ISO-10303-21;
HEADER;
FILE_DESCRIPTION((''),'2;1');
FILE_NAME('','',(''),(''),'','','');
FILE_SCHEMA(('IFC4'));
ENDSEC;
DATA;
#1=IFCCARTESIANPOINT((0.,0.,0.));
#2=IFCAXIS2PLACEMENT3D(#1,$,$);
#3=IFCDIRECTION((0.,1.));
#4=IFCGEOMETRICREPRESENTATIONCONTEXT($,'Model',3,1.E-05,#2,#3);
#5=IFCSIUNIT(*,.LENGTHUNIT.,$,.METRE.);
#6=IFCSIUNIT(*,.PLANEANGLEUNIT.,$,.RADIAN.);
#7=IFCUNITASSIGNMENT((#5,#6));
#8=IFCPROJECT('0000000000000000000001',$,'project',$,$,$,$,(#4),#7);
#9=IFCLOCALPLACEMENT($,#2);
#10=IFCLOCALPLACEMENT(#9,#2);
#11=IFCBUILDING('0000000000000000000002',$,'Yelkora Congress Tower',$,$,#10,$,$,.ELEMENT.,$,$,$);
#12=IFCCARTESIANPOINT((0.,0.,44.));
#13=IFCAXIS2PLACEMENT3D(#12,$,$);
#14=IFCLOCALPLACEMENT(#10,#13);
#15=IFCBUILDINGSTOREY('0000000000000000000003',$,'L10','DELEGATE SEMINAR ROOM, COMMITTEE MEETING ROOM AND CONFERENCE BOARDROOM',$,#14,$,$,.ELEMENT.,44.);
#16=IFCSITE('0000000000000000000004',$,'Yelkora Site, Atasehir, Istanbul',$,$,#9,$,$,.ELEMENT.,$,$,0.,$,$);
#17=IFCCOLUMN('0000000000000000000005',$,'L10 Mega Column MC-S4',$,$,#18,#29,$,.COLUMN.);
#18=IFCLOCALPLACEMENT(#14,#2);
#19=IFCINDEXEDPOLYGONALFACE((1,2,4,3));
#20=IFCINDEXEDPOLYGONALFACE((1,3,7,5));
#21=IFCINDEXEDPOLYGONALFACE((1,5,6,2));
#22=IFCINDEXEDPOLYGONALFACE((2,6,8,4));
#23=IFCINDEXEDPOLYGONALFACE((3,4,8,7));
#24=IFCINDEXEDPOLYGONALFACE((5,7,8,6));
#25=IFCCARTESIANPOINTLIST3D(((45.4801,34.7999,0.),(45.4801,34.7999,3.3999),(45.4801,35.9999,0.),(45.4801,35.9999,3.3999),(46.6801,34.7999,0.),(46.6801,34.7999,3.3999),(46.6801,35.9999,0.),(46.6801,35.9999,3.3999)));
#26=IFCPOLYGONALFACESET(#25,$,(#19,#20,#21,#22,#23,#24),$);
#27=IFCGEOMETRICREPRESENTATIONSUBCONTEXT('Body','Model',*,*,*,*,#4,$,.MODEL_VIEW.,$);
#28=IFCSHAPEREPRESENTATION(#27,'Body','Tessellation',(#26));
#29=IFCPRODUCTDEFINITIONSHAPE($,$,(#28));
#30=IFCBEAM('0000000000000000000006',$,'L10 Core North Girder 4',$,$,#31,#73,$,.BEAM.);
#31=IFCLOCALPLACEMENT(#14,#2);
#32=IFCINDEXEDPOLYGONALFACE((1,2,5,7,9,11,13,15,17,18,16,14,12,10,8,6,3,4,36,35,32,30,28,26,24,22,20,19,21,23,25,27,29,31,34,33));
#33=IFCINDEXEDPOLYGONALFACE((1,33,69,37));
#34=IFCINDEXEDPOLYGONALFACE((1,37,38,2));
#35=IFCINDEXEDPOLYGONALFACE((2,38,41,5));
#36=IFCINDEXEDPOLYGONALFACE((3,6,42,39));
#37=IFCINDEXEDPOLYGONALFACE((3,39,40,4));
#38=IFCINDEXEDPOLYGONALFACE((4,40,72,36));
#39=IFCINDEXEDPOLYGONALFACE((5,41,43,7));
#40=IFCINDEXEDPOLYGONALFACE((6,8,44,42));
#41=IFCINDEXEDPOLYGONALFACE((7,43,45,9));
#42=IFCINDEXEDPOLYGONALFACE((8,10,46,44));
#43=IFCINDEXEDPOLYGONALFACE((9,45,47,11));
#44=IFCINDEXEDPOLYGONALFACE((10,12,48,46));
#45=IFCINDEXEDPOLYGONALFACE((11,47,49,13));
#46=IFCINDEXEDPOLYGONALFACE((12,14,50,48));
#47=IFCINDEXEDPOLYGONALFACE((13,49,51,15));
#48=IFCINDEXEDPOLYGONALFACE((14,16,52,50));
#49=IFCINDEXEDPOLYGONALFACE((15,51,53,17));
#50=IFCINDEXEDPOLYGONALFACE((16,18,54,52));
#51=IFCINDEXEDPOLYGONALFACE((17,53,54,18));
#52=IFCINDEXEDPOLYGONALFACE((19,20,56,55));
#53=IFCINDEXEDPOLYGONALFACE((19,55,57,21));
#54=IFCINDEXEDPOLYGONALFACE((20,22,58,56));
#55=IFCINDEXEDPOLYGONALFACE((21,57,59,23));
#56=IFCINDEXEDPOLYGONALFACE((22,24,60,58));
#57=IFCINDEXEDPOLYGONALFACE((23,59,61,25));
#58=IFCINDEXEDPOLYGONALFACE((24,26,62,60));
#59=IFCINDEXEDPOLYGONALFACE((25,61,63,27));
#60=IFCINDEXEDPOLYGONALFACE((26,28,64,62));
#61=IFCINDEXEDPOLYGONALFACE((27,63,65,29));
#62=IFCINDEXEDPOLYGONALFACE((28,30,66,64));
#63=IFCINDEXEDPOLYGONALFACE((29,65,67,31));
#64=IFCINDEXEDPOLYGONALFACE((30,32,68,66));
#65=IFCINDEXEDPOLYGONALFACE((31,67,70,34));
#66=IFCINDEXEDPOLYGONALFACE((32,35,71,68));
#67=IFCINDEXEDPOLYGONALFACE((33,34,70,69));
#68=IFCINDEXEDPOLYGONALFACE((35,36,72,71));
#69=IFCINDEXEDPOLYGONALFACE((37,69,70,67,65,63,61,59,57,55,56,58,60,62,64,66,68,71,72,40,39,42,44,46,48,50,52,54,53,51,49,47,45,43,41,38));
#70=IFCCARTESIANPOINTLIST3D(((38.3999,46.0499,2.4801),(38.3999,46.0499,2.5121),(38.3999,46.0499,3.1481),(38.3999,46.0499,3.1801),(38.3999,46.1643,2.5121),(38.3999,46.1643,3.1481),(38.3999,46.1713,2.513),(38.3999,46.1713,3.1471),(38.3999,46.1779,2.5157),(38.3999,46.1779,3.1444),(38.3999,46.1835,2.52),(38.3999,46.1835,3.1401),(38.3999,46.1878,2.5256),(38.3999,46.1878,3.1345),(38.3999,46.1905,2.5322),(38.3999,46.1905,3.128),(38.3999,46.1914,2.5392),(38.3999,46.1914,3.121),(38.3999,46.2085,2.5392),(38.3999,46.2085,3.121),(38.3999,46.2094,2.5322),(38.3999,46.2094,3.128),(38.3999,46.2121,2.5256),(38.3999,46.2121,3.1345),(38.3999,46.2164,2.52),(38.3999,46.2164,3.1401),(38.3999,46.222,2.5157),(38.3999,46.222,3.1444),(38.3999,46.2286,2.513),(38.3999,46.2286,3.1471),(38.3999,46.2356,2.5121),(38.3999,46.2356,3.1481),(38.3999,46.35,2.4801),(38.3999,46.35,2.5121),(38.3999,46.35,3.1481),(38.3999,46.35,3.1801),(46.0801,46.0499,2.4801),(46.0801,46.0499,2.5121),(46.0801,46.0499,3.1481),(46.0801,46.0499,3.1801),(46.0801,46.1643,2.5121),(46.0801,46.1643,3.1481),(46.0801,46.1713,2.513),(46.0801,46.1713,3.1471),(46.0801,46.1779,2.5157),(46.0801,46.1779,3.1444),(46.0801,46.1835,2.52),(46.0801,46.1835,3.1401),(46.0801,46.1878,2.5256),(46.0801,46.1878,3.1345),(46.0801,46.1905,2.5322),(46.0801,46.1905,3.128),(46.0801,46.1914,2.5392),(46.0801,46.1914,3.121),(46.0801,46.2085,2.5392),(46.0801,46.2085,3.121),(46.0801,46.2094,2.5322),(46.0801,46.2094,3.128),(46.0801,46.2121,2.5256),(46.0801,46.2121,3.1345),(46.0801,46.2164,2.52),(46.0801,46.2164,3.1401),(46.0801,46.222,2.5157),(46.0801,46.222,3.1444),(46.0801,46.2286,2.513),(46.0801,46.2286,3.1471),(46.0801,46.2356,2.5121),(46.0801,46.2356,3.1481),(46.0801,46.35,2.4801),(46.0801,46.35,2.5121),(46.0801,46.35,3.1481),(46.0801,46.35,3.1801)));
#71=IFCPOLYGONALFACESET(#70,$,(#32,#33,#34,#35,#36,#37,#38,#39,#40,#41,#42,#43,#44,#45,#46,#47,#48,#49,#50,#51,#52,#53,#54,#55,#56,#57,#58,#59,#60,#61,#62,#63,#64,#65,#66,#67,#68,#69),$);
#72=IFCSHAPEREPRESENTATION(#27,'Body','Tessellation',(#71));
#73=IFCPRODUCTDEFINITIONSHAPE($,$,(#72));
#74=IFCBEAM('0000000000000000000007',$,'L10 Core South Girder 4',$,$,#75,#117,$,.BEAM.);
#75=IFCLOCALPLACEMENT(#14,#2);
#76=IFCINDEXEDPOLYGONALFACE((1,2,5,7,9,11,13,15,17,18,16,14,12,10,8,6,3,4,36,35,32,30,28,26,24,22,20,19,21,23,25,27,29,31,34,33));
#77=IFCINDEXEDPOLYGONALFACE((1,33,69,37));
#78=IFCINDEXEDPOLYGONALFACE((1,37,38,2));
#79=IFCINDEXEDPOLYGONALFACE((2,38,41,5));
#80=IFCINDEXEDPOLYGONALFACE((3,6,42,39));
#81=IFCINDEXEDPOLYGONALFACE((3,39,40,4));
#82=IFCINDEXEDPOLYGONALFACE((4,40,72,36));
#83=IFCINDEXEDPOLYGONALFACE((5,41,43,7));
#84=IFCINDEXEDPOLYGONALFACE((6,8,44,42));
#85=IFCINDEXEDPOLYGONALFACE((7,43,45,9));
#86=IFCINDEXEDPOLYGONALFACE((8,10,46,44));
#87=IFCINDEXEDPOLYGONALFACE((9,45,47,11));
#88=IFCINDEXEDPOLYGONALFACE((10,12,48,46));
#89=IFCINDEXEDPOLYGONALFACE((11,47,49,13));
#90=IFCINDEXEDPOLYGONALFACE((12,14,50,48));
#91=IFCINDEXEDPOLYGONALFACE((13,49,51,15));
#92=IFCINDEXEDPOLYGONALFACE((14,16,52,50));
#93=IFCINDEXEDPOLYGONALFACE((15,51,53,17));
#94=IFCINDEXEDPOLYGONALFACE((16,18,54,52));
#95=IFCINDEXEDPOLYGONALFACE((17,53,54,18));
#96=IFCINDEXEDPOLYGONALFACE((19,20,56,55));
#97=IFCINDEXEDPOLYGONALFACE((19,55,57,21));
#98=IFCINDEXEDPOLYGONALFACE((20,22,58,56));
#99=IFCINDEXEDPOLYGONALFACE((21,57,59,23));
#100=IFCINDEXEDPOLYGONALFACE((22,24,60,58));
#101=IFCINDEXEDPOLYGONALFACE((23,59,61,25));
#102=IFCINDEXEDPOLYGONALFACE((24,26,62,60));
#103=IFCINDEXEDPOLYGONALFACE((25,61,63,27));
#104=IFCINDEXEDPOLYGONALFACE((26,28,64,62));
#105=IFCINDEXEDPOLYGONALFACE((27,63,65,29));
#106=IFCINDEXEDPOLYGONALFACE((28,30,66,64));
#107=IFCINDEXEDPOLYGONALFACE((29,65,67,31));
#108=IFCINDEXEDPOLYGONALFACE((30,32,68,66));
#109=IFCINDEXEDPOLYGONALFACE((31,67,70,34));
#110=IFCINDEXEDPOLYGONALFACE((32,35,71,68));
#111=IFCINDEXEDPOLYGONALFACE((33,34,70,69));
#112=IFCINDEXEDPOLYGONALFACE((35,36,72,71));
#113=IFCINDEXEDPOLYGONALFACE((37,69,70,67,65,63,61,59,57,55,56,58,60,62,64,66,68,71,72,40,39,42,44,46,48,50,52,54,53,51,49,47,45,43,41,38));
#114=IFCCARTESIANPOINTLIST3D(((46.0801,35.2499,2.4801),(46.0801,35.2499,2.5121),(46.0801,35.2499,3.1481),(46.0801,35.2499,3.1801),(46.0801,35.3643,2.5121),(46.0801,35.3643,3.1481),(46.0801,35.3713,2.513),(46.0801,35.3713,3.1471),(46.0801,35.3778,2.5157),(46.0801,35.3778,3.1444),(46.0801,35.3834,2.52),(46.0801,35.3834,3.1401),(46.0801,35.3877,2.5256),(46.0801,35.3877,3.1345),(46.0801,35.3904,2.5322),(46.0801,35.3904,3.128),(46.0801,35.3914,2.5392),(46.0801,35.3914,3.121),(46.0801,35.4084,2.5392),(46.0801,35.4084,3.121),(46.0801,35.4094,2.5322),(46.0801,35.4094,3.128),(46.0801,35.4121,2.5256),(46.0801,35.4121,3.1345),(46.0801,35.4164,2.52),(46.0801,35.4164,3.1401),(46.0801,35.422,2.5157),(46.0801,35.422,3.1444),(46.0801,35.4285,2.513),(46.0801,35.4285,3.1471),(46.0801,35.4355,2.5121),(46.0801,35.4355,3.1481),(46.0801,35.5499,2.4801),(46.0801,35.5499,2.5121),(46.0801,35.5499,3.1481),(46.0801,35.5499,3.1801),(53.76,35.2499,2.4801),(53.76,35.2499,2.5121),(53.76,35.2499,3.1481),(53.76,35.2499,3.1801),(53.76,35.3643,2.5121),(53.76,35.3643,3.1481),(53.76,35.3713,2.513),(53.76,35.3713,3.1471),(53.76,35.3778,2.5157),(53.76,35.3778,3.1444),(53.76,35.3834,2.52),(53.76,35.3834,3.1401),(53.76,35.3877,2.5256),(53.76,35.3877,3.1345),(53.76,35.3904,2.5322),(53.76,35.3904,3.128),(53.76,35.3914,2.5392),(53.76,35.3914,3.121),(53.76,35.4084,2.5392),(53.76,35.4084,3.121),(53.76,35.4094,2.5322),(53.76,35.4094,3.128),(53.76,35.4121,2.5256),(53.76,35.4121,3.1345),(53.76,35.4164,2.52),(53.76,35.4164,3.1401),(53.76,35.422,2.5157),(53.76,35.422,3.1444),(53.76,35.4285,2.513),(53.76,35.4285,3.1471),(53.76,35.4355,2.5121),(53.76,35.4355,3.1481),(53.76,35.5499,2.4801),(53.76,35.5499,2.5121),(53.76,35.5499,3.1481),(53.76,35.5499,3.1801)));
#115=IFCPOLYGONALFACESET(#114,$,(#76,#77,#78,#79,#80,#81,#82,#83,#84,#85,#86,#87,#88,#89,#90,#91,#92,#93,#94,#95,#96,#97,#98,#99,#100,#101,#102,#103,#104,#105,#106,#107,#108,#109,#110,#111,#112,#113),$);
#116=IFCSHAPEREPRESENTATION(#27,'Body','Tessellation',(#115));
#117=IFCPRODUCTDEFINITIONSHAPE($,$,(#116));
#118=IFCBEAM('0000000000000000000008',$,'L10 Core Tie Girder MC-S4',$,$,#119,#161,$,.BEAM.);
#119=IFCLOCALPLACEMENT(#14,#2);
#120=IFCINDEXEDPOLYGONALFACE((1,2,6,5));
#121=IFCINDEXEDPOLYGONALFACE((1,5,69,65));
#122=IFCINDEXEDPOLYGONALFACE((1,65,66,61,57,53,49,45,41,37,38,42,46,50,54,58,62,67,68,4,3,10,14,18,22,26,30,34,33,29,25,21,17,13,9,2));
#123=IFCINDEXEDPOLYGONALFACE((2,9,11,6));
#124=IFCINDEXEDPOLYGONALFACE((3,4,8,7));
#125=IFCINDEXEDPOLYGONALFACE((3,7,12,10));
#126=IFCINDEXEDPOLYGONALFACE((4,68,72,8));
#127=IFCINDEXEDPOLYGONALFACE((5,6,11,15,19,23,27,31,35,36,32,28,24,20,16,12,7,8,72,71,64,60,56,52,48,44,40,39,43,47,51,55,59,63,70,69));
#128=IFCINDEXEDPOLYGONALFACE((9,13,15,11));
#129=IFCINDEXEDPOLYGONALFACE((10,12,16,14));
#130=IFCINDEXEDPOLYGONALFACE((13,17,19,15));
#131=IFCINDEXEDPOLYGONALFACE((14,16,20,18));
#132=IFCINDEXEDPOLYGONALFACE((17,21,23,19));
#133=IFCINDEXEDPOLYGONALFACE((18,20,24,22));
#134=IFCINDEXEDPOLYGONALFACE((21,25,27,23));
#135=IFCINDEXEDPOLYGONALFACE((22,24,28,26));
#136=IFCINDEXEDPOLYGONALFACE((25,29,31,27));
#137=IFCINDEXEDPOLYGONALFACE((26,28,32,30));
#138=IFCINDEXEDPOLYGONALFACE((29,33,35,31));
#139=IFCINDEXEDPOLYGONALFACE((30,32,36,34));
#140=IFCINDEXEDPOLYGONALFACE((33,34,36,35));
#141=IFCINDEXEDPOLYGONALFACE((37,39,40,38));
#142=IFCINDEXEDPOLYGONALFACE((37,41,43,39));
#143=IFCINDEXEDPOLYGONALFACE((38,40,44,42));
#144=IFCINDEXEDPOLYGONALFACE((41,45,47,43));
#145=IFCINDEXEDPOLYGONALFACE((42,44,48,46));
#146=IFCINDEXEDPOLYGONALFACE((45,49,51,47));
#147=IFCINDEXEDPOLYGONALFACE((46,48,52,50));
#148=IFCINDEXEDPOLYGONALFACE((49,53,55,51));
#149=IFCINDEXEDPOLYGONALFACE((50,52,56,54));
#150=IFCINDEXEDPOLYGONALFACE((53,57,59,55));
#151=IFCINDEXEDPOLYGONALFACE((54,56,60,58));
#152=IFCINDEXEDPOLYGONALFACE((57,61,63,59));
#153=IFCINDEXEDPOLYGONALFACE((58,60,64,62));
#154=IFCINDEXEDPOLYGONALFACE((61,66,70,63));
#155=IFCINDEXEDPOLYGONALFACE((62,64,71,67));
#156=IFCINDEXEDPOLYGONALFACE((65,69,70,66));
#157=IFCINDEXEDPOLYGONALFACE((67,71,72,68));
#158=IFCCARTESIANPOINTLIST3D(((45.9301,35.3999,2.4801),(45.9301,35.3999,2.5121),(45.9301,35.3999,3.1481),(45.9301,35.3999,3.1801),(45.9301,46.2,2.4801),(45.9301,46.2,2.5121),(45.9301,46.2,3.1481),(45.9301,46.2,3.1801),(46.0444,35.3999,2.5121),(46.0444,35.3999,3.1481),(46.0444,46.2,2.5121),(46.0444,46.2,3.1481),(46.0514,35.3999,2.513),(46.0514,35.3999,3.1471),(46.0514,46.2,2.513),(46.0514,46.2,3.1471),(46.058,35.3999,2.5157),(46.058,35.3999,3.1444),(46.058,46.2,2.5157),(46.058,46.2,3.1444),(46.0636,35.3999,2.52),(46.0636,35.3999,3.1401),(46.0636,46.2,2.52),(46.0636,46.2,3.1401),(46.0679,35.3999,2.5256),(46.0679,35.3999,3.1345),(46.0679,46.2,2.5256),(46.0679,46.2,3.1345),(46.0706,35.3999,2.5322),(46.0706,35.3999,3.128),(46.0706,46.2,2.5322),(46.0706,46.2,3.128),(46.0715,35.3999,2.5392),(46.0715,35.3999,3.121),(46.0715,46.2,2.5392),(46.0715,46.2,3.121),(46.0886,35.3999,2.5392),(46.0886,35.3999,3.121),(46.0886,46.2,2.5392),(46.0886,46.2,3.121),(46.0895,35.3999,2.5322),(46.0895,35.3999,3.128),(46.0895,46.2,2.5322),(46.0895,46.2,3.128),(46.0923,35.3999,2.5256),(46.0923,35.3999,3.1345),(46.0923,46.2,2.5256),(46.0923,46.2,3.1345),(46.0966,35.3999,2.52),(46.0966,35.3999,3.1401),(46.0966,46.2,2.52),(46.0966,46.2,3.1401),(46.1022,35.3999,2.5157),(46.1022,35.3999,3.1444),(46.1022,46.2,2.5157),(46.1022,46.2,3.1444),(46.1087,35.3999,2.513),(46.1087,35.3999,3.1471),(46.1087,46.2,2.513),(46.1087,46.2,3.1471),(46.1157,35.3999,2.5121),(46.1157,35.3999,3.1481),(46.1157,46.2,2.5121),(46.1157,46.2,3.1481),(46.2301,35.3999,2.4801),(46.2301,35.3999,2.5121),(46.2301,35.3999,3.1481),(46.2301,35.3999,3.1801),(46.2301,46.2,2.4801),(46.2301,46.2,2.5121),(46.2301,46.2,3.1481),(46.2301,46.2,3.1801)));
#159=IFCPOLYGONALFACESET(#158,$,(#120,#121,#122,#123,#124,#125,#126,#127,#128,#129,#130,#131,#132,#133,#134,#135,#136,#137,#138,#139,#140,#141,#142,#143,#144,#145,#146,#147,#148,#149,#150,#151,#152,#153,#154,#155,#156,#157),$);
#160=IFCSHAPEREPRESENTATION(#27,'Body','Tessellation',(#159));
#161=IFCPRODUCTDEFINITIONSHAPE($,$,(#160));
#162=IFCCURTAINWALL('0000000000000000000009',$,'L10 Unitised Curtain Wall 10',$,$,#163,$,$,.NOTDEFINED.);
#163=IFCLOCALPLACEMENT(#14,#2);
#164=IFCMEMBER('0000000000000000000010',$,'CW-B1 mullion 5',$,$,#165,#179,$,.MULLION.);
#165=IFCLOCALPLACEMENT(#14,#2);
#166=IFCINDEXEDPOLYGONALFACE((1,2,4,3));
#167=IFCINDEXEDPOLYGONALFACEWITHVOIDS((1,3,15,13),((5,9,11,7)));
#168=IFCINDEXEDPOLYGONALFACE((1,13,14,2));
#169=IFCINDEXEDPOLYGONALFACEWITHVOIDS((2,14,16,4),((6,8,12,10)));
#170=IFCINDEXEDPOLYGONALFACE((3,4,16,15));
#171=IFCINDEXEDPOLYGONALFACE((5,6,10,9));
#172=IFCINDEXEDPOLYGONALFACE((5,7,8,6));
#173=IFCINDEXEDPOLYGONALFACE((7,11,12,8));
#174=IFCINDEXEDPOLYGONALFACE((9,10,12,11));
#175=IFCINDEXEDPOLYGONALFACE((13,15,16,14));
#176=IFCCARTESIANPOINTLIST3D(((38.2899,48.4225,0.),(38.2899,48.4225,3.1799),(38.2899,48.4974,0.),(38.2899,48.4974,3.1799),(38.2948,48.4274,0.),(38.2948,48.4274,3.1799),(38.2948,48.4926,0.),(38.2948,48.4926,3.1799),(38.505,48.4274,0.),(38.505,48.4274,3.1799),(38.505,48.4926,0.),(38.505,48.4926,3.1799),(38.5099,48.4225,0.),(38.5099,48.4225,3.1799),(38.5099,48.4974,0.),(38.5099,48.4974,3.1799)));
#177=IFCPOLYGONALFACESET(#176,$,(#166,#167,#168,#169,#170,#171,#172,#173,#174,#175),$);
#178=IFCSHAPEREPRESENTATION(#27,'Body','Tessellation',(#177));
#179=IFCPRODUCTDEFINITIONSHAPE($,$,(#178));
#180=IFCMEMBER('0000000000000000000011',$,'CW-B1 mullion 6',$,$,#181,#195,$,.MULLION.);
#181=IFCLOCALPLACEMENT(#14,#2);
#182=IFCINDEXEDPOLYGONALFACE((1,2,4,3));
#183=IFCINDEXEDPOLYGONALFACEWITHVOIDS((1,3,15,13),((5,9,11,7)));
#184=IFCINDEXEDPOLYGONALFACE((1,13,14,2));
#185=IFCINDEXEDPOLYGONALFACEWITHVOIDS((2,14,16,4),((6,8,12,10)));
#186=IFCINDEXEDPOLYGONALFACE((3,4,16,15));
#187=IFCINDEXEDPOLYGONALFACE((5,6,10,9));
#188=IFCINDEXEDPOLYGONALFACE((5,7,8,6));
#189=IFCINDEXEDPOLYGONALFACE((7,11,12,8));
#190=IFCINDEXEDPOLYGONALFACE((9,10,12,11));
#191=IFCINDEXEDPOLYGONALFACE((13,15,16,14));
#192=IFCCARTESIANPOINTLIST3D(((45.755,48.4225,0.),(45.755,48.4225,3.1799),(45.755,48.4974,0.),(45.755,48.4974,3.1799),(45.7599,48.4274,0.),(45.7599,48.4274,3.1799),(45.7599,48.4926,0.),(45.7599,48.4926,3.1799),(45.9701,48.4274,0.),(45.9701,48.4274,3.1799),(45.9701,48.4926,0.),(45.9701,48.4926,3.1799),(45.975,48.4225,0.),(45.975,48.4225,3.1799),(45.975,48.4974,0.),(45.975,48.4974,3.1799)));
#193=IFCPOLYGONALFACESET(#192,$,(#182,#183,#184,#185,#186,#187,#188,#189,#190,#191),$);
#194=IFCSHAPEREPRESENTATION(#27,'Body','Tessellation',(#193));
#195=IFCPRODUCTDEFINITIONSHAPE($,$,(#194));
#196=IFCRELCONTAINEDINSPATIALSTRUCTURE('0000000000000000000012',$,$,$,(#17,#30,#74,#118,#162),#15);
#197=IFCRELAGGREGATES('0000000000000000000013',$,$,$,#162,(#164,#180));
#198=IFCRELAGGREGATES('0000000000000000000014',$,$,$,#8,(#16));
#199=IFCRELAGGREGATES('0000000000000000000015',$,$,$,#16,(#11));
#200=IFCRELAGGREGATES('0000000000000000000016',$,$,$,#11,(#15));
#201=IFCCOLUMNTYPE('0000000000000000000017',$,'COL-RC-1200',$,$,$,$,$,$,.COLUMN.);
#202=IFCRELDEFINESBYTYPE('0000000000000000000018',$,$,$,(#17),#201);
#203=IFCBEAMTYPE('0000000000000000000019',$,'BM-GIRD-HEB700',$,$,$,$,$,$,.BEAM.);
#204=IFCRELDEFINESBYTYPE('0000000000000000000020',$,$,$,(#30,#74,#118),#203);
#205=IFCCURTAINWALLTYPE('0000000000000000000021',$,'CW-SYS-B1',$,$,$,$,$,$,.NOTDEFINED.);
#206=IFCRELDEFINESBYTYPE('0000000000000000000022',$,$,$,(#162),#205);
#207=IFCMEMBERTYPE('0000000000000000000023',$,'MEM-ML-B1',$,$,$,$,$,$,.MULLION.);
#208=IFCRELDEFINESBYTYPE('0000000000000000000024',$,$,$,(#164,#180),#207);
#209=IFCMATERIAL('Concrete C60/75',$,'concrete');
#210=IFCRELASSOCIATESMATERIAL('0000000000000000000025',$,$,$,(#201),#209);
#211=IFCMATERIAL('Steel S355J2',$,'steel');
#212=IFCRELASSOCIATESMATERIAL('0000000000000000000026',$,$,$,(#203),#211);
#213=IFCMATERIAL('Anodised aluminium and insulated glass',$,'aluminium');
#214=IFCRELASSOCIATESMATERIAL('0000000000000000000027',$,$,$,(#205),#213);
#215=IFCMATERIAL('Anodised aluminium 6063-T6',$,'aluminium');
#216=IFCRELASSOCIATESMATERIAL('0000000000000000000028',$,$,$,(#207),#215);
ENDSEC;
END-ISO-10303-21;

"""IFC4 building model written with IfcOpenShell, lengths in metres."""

from ifc_helpers import new_model, si_unit, direction, frame, origin, origin_2d, place, context, subcontext, project, spatial, rectangle, hollow_rectangle, i_section, extrude, material, material_profile, profile_set, type_object, element, aggregate, save


model = new_model("IFC4")

# Units and contexts
model_context = context("Model", 3, precision=1e-05, world=origin(), true_north=direction((0.0, 1.0)))
body_context = subcontext(model_context, "Body", "Model", "MODEL_VIEW")
ifc_project = project(units=[si_unit("LENGTHUNIT", "METRE"), si_unit("PLANEANGLEUNIT", "RADIAN")], contexts=[model_context])

# Site, building, storey
site_placement = place(None, origin())
site = spatial("IfcSite", under=ifc_project, at=site_placement, Name="Yelkora Site, Atasehir, Istanbul", CompositionType="ELEMENT", RefElevation=0.0)
building_placement = place(site_placement, origin())
building = spatial("IfcBuilding", under=site, at=building_placement, Name="Yelkora Congress Tower", CompositionType="ELEMENT")
storey_placement = place(building_placement, frame((0.0, 0.0, 44.0)))
storey = spatial("IfcBuildingStorey", under=building, at=storey_placement, Name="L10", Description="DELEGATE SEMINAR ROOM, COMMITTEE MEETING ROOM AND CONFERENCE BOARDROOM", CompositionType="ELEMENT", Elevation=44.0)

# Column
ifc_material_1 = material(Name="Concrete C60/75", Category="concrete")
ifc_material_profile_1 = material_profile(ifc_material_1, rectangle(XDim=1.2, YDim=1.2, at=origin_2d()), Name="RC 1200x1200")
ifc_profile_set_1 = profile_set([ifc_material_profile_1], Name="Concrete C60/75")
column_type = type_object("IfcColumnType", Name="COL-RC-1200", PredefinedType="COLUMN", material=ifc_profile_set_1)
column_placement = place(storey_placement, frame((46.0801, 35.3999, 0.0), z_axis=(0.0, 0.0, 1.0), x_axis=(1.0, 0.0, 0.0)))
element("IfcColumn", 1, at=column_placement, inside=storey, type_object=column_type, Name="L10 Mega Column MC-S4", PredefinedType="COLUMN", context=body_context, shape_type="SweptSolid", body=[
    extrude(rectangle(XDim=1.2, YDim=1.2, at=origin_2d()), origin(), (0.0, 0.0, 1.0), 3.3999),
])

# Beams
ifc_material_2 = material(Name="Steel S355J2", Category="steel")
ifc_material_profile_2 = material_profile(ifc_material_2, i_section(OverallWidth=0.3, OverallDepth=0.7, WebThickness=0.0171, FlangeThickness=0.032, FilletRadius=0.0271, at=origin_2d()), Name="HEB 700")
ifc_profile_set_2 = profile_set([ifc_material_profile_2], Name="Steel S355J2")
beam_type = type_object("IfcBeamType", Name="BM-GIRD-HEB700", PredefinedType="BEAM", material=ifc_profile_set_2)
beam_1_placement = place(storey_placement, frame((38.3999, 46.2, 2.8301), z_axis=(1.0, 0.0, 0.0), x_axis=(0.0, 1.0, 0.0)))
element("IfcBeam", 2, at=beam_1_placement, inside=storey, type_object=beam_type, Name="L10 Core North Girder 4", PredefinedType="BEAM", context=body_context, shape_type="SweptSolid", body=[
    extrude(i_section(OverallWidth=0.3, OverallDepth=0.7, WebThickness=0.0171, FlangeThickness=0.032, FilletRadius=0.0271, at=origin_2d()), origin(), (0.0, 0.0, 1.0), 7.6802),
])
beam_2_placement = place(storey_placement, frame((46.0801, 35.3999, 2.8301), z_axis=(1.0, 0.0, 0.0), x_axis=(0.0, 1.0, 0.0)))
element("IfcBeam", 3, at=beam_2_placement, inside=storey, type_object=beam_type, Name="L10 Core South Girder 4", PredefinedType="BEAM", context=body_context, shape_type="SweptSolid", body=[
    extrude(i_section(OverallWidth=0.3, OverallDepth=0.7, WebThickness=0.0171, FlangeThickness=0.032, FilletRadius=0.0271, at=origin_2d()), origin(), (0.0, 0.0, 1.0), 7.6799),
])
beam_3_placement = place(storey_placement, frame((46.0801, 35.3999, 2.8301), z_axis=(0.0, 1.0, 0.0), x_axis=(-1.0, 0.0, 0.0)))
element("IfcBeam", 4, at=beam_3_placement, inside=storey, type_object=beam_type, Name="L10 Core Tie Girder MC-S4", PredefinedType="BEAM", context=body_context, shape_type="SweptSolid", body=[
    extrude(i_section(OverallWidth=0.3, OverallDepth=0.7, WebThickness=0.0171, FlangeThickness=0.032, FilletRadius=0.0271, at=origin_2d()), origin(), (0.0, 0.0, 1.0), 10.8),
])

# Curtain wall, members
ifc_material_3 = material(Name="Anodised aluminium and insulated glass", Category="aluminium")
curtain_wall_type = type_object("IfcCurtainWallType", Name="CW-SYS-B1", PredefinedType="NOTDEFINED", material=ifc_material_3)
curtain_wall_placement = place(storey_placement, origin())
curtain_wall = element("IfcCurtainWall", 5, at=curtain_wall_placement, inside=storey, type_object=curtain_wall_type, Name="L10 Unitised Curtain Wall 10", PredefinedType="NOTDEFINED")
ifc_material_4 = material(Name="Anodised aluminium 6063-T6", Category="aluminium")
ifc_material_profile_3 = material_profile(ifc_material_4, hollow_rectangle(XDim=0.075, YDim=0.22, WallThickness=0.0049, at=origin_2d()), Name="ALU 75x220x5")
ifc_profile_set_3 = profile_set([ifc_material_profile_3], Name="Anodised aluminium 6063-T6")
member_type_1 = type_object("IfcMemberType", Name="MEM-ML-B1", PredefinedType="MULLION", material=ifc_profile_set_3)
member_1_placement = place(storey_placement, frame((38.3999, 48.46, 0.0), z_axis=(0.0, 0.0, 1.0), x_axis=(0.0, 1.0, 0.0)))
member_1 = element("IfcMember", 6, at=member_1_placement, type_object=member_type_1, Name="CW-B1 mullion 5", PredefinedType="MULLION", context=body_context, shape_type="SweptSolid", body=[
    extrude(hollow_rectangle(XDim=0.075, YDim=0.22, WallThickness=0.0049, at=origin_2d()), origin(), (0.0, 0.0, 1.0), 3.1799),
])
member_2_placement = place(storey_placement, frame((45.865, 48.46, 0.0), z_axis=(0.0, 0.0, 1.0), x_axis=(0.0, 1.0, 0.0)))
member_2 = element("IfcMember", 7, at=member_2_placement, type_object=member_type_1, Name="CW-B1 mullion 6", PredefinedType="MULLION", context=body_context, shape_type="SweptSolid", body=[
    extrude(hollow_rectangle(XDim=0.075, YDim=0.22, WallThickness=0.0049, at=origin_2d()), origin(), (0.0, 0.0, 1.0), 3.1799),
])
aggregate(curtain_wall, [member_1, member_2])

save(model, "model.ifc")
